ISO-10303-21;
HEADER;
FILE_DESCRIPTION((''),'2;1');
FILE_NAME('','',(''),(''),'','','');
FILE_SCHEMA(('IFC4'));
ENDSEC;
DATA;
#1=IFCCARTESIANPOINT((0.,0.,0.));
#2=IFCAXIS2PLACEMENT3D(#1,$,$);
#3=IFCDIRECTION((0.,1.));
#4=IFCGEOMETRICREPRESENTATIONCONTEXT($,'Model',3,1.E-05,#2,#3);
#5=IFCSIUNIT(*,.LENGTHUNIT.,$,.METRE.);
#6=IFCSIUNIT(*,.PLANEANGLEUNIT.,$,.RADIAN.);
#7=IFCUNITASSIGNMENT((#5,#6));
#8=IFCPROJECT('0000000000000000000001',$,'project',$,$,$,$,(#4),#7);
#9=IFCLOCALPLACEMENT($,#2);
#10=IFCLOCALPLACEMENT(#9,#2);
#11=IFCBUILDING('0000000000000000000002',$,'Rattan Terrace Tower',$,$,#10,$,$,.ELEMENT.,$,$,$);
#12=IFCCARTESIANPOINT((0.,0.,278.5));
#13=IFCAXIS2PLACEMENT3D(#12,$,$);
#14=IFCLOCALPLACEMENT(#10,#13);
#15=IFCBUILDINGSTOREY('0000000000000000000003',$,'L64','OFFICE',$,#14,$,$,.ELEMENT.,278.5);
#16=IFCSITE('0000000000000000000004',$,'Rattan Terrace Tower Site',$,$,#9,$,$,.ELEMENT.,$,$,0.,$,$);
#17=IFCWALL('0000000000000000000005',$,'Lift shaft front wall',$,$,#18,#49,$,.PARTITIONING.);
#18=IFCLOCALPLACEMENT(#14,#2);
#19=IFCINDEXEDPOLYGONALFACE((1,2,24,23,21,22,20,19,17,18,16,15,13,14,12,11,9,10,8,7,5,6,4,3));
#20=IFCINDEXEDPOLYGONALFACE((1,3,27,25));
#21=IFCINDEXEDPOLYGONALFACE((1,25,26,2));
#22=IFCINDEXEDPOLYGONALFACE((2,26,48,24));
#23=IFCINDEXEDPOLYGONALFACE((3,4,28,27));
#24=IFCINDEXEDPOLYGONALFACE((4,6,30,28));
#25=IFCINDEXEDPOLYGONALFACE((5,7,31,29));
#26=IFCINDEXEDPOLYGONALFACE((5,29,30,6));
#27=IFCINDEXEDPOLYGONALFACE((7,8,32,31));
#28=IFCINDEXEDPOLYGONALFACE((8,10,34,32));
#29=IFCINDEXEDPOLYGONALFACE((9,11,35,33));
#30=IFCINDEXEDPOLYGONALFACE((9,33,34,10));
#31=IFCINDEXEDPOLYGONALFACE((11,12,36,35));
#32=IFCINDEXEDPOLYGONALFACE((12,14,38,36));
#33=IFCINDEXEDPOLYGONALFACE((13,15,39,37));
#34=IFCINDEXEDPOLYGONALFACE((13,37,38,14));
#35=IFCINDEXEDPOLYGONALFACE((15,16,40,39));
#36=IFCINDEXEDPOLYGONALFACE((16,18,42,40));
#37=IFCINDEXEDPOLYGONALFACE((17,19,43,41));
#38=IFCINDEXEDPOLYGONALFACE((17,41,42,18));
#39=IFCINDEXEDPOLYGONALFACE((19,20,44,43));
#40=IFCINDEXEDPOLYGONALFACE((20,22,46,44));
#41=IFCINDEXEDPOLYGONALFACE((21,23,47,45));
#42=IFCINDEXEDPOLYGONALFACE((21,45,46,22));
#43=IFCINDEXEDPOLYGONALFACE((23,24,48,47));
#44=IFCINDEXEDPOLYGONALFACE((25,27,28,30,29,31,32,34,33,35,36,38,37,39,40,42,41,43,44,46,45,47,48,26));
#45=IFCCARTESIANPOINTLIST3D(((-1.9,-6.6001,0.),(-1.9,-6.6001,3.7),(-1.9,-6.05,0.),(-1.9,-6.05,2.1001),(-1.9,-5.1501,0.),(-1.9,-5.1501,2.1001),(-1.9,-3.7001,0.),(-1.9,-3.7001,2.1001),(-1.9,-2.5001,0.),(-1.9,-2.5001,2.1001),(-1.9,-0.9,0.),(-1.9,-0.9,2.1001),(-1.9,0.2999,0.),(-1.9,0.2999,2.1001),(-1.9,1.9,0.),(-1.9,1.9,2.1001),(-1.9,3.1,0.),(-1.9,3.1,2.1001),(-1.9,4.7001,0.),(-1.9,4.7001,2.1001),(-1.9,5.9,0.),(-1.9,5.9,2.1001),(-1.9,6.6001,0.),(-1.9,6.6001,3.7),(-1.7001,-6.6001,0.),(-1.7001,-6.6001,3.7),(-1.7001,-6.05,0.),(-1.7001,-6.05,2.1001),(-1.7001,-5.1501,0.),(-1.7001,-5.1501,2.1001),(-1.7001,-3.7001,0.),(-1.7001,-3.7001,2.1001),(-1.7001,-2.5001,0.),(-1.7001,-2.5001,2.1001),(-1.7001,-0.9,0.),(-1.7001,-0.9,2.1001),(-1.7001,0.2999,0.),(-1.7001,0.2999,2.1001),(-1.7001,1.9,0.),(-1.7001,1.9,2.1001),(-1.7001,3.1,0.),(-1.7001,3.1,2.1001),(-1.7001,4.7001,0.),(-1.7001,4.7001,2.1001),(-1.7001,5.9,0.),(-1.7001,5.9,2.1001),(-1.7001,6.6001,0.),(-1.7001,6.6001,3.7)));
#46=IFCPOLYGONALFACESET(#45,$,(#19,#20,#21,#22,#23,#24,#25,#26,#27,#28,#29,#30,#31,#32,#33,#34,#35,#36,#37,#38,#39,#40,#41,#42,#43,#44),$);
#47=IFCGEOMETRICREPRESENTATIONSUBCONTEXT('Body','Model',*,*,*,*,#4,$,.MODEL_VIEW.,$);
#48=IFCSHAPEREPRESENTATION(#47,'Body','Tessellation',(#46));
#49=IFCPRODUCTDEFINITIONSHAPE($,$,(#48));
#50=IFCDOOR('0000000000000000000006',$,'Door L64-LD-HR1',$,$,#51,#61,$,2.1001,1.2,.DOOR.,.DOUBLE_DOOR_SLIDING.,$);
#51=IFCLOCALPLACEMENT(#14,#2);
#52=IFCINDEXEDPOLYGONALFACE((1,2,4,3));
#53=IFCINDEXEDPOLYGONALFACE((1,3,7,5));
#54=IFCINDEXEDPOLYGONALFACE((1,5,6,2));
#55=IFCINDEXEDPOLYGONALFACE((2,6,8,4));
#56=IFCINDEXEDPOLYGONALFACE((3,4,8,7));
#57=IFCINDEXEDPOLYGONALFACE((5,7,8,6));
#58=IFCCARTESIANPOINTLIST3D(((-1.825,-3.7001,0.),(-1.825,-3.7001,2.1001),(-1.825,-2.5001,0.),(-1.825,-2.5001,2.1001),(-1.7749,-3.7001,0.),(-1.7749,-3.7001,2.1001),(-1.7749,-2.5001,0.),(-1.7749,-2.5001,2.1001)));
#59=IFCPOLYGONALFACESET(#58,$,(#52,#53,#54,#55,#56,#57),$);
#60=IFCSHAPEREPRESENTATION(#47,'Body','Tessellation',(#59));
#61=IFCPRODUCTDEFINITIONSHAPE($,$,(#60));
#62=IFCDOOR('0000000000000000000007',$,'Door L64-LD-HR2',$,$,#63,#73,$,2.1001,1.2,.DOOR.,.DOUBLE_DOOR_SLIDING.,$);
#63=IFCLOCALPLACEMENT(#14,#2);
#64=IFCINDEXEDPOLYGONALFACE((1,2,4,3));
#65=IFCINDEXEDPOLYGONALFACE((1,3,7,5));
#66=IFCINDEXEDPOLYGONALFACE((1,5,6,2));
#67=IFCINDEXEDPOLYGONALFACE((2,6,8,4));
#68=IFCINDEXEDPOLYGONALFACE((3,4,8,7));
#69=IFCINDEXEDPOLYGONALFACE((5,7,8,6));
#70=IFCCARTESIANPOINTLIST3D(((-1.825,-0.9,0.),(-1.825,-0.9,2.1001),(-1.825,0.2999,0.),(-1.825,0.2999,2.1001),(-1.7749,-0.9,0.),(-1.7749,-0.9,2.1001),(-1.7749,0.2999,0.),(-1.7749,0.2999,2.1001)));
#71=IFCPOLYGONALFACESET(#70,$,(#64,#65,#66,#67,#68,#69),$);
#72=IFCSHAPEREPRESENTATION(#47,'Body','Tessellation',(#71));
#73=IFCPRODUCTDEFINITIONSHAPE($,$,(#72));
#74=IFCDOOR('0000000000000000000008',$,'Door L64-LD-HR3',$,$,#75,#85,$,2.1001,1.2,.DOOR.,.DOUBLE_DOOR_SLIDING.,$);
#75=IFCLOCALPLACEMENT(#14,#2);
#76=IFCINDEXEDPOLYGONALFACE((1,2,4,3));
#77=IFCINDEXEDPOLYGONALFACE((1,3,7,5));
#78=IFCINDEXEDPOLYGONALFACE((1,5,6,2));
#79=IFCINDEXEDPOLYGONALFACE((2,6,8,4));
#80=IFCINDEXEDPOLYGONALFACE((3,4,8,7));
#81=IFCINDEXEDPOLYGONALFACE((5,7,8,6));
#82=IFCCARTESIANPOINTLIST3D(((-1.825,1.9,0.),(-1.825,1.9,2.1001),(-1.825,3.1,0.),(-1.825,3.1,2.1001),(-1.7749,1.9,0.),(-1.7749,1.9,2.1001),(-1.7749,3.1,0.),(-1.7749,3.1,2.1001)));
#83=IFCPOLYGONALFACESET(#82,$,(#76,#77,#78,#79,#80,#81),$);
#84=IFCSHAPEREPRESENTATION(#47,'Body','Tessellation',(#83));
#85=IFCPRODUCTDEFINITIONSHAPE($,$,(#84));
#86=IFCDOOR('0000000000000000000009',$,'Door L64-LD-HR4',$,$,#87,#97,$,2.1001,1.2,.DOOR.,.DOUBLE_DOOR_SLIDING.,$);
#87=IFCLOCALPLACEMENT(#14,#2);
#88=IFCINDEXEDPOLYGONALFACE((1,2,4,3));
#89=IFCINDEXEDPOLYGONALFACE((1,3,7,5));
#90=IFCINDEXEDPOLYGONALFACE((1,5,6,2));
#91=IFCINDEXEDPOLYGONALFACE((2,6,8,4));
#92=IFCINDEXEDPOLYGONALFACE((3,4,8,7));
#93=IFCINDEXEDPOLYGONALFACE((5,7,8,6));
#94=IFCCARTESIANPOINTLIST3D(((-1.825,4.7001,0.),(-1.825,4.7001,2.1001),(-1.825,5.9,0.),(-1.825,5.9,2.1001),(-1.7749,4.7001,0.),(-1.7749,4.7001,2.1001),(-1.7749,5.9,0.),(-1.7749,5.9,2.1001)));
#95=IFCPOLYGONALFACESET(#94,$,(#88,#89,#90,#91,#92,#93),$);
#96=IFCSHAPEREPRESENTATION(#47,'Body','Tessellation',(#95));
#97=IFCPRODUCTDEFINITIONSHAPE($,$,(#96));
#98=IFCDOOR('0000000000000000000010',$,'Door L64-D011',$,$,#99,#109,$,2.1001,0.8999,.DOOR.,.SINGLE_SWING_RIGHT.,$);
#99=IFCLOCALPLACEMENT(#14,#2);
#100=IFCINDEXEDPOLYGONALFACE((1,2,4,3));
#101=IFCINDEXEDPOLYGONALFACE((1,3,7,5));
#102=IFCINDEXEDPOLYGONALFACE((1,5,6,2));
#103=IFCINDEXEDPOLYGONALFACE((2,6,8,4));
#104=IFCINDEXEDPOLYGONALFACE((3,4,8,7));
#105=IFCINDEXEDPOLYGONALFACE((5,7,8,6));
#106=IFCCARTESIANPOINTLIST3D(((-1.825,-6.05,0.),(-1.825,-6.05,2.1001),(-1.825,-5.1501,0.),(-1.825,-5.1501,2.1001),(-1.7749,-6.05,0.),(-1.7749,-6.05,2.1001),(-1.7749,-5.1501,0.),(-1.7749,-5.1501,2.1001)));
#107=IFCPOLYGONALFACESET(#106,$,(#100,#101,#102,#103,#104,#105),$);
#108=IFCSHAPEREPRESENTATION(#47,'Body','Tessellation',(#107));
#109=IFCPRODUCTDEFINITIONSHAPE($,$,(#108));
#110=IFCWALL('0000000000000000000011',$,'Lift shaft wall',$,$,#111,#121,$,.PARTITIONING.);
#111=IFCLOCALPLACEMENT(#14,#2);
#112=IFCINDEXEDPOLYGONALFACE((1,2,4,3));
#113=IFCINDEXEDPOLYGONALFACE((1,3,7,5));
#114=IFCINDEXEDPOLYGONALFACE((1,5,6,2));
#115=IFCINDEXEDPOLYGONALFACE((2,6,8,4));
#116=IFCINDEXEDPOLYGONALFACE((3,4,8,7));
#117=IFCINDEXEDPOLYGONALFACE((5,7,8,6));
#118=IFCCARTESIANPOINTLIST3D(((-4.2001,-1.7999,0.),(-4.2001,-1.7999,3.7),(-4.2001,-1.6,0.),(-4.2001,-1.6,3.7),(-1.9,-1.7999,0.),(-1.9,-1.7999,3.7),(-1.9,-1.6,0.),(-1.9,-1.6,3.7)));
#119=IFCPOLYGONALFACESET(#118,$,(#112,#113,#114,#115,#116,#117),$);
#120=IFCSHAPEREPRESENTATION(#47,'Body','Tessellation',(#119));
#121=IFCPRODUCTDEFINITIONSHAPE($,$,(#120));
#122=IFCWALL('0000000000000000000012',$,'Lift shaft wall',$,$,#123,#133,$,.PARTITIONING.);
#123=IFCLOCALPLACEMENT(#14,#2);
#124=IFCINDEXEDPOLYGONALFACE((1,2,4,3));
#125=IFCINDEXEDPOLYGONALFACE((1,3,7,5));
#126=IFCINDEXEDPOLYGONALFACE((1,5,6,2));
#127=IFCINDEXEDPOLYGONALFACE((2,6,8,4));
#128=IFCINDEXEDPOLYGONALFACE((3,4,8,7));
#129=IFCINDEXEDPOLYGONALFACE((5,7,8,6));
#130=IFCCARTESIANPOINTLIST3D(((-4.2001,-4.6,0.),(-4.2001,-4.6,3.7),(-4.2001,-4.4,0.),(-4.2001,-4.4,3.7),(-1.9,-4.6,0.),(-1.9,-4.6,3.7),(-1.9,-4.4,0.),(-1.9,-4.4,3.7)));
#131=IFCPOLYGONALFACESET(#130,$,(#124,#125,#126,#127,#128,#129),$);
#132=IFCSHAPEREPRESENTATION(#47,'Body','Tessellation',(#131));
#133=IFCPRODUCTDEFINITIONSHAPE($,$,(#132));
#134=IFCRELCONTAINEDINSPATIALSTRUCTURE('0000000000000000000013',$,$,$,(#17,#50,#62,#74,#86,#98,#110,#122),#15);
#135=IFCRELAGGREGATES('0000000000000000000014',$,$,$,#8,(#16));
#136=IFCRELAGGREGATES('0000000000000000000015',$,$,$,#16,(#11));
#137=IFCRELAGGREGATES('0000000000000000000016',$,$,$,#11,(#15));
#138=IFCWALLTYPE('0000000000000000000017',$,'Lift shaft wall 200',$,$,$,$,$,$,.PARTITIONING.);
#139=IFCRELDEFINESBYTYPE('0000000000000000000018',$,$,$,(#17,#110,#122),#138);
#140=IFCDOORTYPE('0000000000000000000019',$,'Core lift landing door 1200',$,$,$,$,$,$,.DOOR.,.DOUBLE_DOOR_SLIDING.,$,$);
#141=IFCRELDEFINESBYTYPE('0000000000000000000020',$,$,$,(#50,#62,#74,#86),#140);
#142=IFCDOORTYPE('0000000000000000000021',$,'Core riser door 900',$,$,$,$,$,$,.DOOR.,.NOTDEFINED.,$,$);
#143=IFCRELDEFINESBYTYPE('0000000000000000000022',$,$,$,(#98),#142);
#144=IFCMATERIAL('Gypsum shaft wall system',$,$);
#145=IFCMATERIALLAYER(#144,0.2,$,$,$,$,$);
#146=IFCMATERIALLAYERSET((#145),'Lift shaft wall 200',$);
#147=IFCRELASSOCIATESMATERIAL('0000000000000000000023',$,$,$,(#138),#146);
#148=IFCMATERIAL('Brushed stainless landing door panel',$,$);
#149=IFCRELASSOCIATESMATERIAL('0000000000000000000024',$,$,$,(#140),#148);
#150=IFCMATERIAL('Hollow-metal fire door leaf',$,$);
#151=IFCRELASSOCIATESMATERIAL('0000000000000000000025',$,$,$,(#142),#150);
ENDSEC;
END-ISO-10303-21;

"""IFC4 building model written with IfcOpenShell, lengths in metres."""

from ifc_helpers import new_model, si_unit, direction, frame, frame_2d, origin, place, context, subcontext, project, spatial, rectangle, extrude, material, layer, layer_set, type_object, element, fill, save


model = new_model("IFC4")

# Units and contexts
model_context = context("Model", 3, precision=1e-05, world=origin(), true_north=direction((0.0, 1.0)))
body_context = subcontext(model_context, "Body", "Model", "MODEL_VIEW")
ifc_project = project(units=[si_unit("LENGTHUNIT", "METRE"), si_unit("PLANEANGLEUNIT", "RADIAN")], contexts=[model_context])

# Site, building, storey
site_placement = place(None, origin())
site = spatial("IfcSite", under=ifc_project, at=site_placement, Name="Rattan Terrace Tower Site", CompositionType="ELEMENT", RefElevation=0.0)
building_placement = place(site_placement, origin())
building = spatial("IfcBuilding", under=site, at=building_placement, Name="Rattan Terrace Tower", CompositionType="ELEMENT")
storey_placement = place(building_placement, frame((0.0, 0.0, 278.5)))
storey = spatial("IfcBuildingStorey", under=building, at=storey_placement, Name="L64", Description="OFFICE", CompositionType="ELEMENT", Elevation=278.5)

# Wall, openings, doors
ifc_material_1 = material(Name="Gypsum shaft wall system")
ifc_layer_1 = layer(ifc_material_1, 0.2)
ifc_layer_set_1 = layer_set([ifc_layer_1], Name="Lift shaft wall 200")
wall_type_1 = type_object("IfcWallType", Name="Lift shaft wall 200", PredefinedType="PARTITIONING", material=ifc_layer_set_1)
wall_1_placement = place(storey_placement, frame((-1.8, -6.6001, 0.0), z_axis=(0.0, 0.0, 1.0), x_axis=(0.0, 1.0, 0.0)))
wall_1 = element("IfcWall", 1, at=wall_1_placement, inside=storey, type_object=wall_type_1, Name="Lift shaft front wall", PredefinedType="PARTITIONING", context=body_context, shape_type="SweptSolid", body=[
    extrude(rectangle(XDim=13.2002, YDim=0.2, at=frame_2d((6.6001, 0.0))), origin(), (0.0, 0.0, 1.0), 3.7),
])
opening_1_placement = place(wall_1_placement, frame((0.55, 0.0, 0.0)))
opening_1 = element("IfcOpeningElement", 2, at=opening_1_placement, cuts=wall_1, PredefinedType="OPENING", context=body_context, shape_type="SweptSolid", body=[
    extrude(rectangle(XDim=0.8999, YDim=2.1001, at=frame_2d((0.45, 1.05))), frame((0.0, 0.1106, 0.0), z_axis=(0.0, -1.0, 0.0), x_axis=(1.0, 0.0, 0.0)), (0.0, 0.0, 1.0), 0.2209),
])
opening_2_placement = place(wall_1_placement, frame((2.8999, 0.0, 0.0)))
opening_2 = element("IfcOpeningElement", 3, at=opening_2_placement, cuts=wall_1, PredefinedType="OPENING", context=body_context, shape_type="SweptSolid", body=[
    extrude(rectangle(XDim=1.2, YDim=2.1001, at=frame_2d((0.6001, 1.05))), frame((0.0, 0.1106, 0.0), z_axis=(0.0, -1.0, 0.0), x_axis=(1.0, 0.0, 0.0)), (0.0, 0.0, 1.0), 0.2209),
])
opening_3_placement = place(wall_1_placement, frame((5.7, 0.0, 0.0)))
opening_3 = element("IfcOpeningElement", 4, at=opening_3_placement, cuts=wall_1, PredefinedType="OPENING", context=body_context, shape_type="SweptSolid", body=[
    extrude(rectangle(XDim=1.2, YDim=2.1001, at=frame_2d((0.6001, 1.05))), frame((0.0, 0.1106, 0.0), z_axis=(0.0, -1.0, 0.0), x_axis=(1.0, 0.0, 0.0)), (0.0, 0.0, 1.0), 0.2209),
])
opening_4_placement = place(wall_1_placement, frame((8.5, 0.0, 0.0)))
opening_4 = element("IfcOpeningElement", 5, at=opening_4_placement, cuts=wall_1, PredefinedType="OPENING", context=body_context, shape_type="SweptSolid", body=[
    extrude(rectangle(XDim=1.2, YDim=2.1001, at=frame_2d((0.6001, 1.05))), frame((0.0, 0.1106, 0.0), z_axis=(0.0, -1.0, 0.0), x_axis=(1.0, 0.0, 0.0)), (0.0, 0.0, 1.0), 0.2209),
])
opening_5_placement = place(wall_1_placement, frame((11.3, 0.0, 0.0)))
opening_5 = element("IfcOpeningElement", 6, at=opening_5_placement, cuts=wall_1, PredefinedType="OPENING", context=body_context, shape_type="SweptSolid", body=[
    extrude(rectangle(XDim=1.2, YDim=2.1001, at=frame_2d((0.6001, 1.05))), frame((0.0, 0.1106, 0.0), z_axis=(0.0, -1.0, 0.0), x_axis=(1.0, 0.0, 0.0)), (0.0, 0.0, 1.0), 0.2209),
])
ifc_material_2 = material(Name="Brushed stainless landing door panel")
door_type_1 = type_object("IfcDoorType", Name="Core lift landing door 1200", OperationType="DOUBLE_DOOR_SLIDING", PredefinedType="DOOR", material=ifc_material_2)
door_1_placement = place(opening_2_placement, origin())
door_1 = element("IfcDoor", 7, at=door_1_placement, inside=storey, type_object=door_type_1, Name="Door L64-LD-HR1", OperationType="DOUBLE_DOOR_SLIDING", OverallHeight=2.1001, OverallWidth=1.2, PredefinedType="DOOR", context=body_context, shape_type="SweptSolid", body=[
    extrude(rectangle(XDim=1.2, YDim=2.1001, at=frame_2d((0.6001, 1.05))), frame((0.0, 0.0249, 0.0), z_axis=(0.0, -1.0, 0.0), x_axis=(1.0, 0.0, 0.0)), (0.0, 0.0, 1.0), 0.05),
])
fill(opening_2, door_1)
door_2_placement = place(opening_3_placement, origin())
door_2 = element("IfcDoor", 8, at=door_2_placement, inside=storey, type_object=door_type_1, Name="Door L64-LD-HR2", OperationType="DOUBLE_DOOR_SLIDING", OverallHeight=2.1001, OverallWidth=1.2, PredefinedType="DOOR", context=body_context, shape_type="SweptSolid", body=[
    extrude(rectangle(XDim=1.2, YDim=2.1001, at=frame_2d((0.6001, 1.05))), frame((0.0, 0.0249, 0.0), z_axis=(0.0, -1.0, 0.0), x_axis=(1.0, 0.0, 0.0)), (0.0, 0.0, 1.0), 0.05),
])
fill(opening_3, door_2)
door_3_placement = place(opening_4_placement, origin())
door_3 = element("IfcDoor", 9, at=door_3_placement, inside=storey, type_object=door_type_1, Name="Door L64-LD-HR3", OperationType="DOUBLE_DOOR_SLIDING", OverallHeight=2.1001, OverallWidth=1.2, PredefinedType="DOOR", context=body_context, shape_type="SweptSolid", body=[
    extrude(rectangle(XDim=1.2, YDim=2.1001, at=frame_2d((0.6001, 1.05))), frame((0.0, 0.0249, 0.0), z_axis=(0.0, -1.0, 0.0), x_axis=(1.0, 0.0, 0.0)), (0.0, 0.0, 1.0), 0.05),
])
fill(opening_4, door_3)
door_4_placement = place(opening_5_placement, origin())
door_4 = element("IfcDoor", 10, at=door_4_placement, inside=storey, type_object=door_type_1, Name="Door L64-LD-HR4", OperationType="DOUBLE_DOOR_SLIDING", OverallHeight=2.1001, OverallWidth=1.2, PredefinedType="DOOR", context=body_context, shape_type="SweptSolid", body=[
    extrude(rectangle(XDim=1.2, YDim=2.1001, at=frame_2d((0.6001, 1.05))), frame((0.0, 0.0249, 0.0), z_axis=(0.0, -1.0, 0.0), x_axis=(1.0, 0.0, 0.0)), (0.0, 0.0, 1.0), 0.05),
])
fill(opening_5, door_4)
ifc_material_3 = material(Name="Hollow-metal fire door leaf")
door_type_2 = type_object("IfcDoorType", Name="Core riser door 900", OperationType="NOTDEFINED", PredefinedType="DOOR", material=ifc_material_3)
door_5_placement = place(opening_1_placement, origin())
door_5 = element("IfcDoor", 11, at=door_5_placement, inside=storey, type_object=door_type_2, Name="Door L64-D011", OperationType="SINGLE_SWING_RIGHT", OverallHeight=2.1001, OverallWidth=0.8999, PredefinedType="DOOR", context=body_context, shape_type="SweptSolid", body=[
    extrude(rectangle(XDim=0.8999, YDim=2.1001, at=frame_2d((0.45, 1.05))), frame((0.0, 0.0249, 0.0), z_axis=(0.0, -1.0, 0.0), x_axis=(1.0, 0.0, 0.0)), (0.0, 0.0, 1.0), 0.05),
])
fill(opening_1, door_5)

# Walls
for number, where, z_axis, x_axis, name in (
    (12, (-4.2, -1.7, 0.0), (0.0, 0.0, 1.0), (1.0, 0.0, 0.0), "Lift shaft wall"),
    (13, (-4.2, -4.5, 0.0), (0.0, 0.0, 1.0), (1.0, 0.0, 0.0), "Lift shaft wall"),
):
    element("IfcWall", number, at=place(storey_placement, frame(where, z_axis=z_axis, x_axis=x_axis)), inside=storey, type_object=wall_type_1, Name=name, PredefinedType="PARTITIONING", context=body_context, shape_type="SweptSolid", body=[
        extrude(rectangle(XDim=2.3, YDim=0.2, at=frame_2d((1.1499, 0.0))), origin(), (0.0, 0.0, 1.0), 3.7),
    ])

save(model, "model.ifc")
